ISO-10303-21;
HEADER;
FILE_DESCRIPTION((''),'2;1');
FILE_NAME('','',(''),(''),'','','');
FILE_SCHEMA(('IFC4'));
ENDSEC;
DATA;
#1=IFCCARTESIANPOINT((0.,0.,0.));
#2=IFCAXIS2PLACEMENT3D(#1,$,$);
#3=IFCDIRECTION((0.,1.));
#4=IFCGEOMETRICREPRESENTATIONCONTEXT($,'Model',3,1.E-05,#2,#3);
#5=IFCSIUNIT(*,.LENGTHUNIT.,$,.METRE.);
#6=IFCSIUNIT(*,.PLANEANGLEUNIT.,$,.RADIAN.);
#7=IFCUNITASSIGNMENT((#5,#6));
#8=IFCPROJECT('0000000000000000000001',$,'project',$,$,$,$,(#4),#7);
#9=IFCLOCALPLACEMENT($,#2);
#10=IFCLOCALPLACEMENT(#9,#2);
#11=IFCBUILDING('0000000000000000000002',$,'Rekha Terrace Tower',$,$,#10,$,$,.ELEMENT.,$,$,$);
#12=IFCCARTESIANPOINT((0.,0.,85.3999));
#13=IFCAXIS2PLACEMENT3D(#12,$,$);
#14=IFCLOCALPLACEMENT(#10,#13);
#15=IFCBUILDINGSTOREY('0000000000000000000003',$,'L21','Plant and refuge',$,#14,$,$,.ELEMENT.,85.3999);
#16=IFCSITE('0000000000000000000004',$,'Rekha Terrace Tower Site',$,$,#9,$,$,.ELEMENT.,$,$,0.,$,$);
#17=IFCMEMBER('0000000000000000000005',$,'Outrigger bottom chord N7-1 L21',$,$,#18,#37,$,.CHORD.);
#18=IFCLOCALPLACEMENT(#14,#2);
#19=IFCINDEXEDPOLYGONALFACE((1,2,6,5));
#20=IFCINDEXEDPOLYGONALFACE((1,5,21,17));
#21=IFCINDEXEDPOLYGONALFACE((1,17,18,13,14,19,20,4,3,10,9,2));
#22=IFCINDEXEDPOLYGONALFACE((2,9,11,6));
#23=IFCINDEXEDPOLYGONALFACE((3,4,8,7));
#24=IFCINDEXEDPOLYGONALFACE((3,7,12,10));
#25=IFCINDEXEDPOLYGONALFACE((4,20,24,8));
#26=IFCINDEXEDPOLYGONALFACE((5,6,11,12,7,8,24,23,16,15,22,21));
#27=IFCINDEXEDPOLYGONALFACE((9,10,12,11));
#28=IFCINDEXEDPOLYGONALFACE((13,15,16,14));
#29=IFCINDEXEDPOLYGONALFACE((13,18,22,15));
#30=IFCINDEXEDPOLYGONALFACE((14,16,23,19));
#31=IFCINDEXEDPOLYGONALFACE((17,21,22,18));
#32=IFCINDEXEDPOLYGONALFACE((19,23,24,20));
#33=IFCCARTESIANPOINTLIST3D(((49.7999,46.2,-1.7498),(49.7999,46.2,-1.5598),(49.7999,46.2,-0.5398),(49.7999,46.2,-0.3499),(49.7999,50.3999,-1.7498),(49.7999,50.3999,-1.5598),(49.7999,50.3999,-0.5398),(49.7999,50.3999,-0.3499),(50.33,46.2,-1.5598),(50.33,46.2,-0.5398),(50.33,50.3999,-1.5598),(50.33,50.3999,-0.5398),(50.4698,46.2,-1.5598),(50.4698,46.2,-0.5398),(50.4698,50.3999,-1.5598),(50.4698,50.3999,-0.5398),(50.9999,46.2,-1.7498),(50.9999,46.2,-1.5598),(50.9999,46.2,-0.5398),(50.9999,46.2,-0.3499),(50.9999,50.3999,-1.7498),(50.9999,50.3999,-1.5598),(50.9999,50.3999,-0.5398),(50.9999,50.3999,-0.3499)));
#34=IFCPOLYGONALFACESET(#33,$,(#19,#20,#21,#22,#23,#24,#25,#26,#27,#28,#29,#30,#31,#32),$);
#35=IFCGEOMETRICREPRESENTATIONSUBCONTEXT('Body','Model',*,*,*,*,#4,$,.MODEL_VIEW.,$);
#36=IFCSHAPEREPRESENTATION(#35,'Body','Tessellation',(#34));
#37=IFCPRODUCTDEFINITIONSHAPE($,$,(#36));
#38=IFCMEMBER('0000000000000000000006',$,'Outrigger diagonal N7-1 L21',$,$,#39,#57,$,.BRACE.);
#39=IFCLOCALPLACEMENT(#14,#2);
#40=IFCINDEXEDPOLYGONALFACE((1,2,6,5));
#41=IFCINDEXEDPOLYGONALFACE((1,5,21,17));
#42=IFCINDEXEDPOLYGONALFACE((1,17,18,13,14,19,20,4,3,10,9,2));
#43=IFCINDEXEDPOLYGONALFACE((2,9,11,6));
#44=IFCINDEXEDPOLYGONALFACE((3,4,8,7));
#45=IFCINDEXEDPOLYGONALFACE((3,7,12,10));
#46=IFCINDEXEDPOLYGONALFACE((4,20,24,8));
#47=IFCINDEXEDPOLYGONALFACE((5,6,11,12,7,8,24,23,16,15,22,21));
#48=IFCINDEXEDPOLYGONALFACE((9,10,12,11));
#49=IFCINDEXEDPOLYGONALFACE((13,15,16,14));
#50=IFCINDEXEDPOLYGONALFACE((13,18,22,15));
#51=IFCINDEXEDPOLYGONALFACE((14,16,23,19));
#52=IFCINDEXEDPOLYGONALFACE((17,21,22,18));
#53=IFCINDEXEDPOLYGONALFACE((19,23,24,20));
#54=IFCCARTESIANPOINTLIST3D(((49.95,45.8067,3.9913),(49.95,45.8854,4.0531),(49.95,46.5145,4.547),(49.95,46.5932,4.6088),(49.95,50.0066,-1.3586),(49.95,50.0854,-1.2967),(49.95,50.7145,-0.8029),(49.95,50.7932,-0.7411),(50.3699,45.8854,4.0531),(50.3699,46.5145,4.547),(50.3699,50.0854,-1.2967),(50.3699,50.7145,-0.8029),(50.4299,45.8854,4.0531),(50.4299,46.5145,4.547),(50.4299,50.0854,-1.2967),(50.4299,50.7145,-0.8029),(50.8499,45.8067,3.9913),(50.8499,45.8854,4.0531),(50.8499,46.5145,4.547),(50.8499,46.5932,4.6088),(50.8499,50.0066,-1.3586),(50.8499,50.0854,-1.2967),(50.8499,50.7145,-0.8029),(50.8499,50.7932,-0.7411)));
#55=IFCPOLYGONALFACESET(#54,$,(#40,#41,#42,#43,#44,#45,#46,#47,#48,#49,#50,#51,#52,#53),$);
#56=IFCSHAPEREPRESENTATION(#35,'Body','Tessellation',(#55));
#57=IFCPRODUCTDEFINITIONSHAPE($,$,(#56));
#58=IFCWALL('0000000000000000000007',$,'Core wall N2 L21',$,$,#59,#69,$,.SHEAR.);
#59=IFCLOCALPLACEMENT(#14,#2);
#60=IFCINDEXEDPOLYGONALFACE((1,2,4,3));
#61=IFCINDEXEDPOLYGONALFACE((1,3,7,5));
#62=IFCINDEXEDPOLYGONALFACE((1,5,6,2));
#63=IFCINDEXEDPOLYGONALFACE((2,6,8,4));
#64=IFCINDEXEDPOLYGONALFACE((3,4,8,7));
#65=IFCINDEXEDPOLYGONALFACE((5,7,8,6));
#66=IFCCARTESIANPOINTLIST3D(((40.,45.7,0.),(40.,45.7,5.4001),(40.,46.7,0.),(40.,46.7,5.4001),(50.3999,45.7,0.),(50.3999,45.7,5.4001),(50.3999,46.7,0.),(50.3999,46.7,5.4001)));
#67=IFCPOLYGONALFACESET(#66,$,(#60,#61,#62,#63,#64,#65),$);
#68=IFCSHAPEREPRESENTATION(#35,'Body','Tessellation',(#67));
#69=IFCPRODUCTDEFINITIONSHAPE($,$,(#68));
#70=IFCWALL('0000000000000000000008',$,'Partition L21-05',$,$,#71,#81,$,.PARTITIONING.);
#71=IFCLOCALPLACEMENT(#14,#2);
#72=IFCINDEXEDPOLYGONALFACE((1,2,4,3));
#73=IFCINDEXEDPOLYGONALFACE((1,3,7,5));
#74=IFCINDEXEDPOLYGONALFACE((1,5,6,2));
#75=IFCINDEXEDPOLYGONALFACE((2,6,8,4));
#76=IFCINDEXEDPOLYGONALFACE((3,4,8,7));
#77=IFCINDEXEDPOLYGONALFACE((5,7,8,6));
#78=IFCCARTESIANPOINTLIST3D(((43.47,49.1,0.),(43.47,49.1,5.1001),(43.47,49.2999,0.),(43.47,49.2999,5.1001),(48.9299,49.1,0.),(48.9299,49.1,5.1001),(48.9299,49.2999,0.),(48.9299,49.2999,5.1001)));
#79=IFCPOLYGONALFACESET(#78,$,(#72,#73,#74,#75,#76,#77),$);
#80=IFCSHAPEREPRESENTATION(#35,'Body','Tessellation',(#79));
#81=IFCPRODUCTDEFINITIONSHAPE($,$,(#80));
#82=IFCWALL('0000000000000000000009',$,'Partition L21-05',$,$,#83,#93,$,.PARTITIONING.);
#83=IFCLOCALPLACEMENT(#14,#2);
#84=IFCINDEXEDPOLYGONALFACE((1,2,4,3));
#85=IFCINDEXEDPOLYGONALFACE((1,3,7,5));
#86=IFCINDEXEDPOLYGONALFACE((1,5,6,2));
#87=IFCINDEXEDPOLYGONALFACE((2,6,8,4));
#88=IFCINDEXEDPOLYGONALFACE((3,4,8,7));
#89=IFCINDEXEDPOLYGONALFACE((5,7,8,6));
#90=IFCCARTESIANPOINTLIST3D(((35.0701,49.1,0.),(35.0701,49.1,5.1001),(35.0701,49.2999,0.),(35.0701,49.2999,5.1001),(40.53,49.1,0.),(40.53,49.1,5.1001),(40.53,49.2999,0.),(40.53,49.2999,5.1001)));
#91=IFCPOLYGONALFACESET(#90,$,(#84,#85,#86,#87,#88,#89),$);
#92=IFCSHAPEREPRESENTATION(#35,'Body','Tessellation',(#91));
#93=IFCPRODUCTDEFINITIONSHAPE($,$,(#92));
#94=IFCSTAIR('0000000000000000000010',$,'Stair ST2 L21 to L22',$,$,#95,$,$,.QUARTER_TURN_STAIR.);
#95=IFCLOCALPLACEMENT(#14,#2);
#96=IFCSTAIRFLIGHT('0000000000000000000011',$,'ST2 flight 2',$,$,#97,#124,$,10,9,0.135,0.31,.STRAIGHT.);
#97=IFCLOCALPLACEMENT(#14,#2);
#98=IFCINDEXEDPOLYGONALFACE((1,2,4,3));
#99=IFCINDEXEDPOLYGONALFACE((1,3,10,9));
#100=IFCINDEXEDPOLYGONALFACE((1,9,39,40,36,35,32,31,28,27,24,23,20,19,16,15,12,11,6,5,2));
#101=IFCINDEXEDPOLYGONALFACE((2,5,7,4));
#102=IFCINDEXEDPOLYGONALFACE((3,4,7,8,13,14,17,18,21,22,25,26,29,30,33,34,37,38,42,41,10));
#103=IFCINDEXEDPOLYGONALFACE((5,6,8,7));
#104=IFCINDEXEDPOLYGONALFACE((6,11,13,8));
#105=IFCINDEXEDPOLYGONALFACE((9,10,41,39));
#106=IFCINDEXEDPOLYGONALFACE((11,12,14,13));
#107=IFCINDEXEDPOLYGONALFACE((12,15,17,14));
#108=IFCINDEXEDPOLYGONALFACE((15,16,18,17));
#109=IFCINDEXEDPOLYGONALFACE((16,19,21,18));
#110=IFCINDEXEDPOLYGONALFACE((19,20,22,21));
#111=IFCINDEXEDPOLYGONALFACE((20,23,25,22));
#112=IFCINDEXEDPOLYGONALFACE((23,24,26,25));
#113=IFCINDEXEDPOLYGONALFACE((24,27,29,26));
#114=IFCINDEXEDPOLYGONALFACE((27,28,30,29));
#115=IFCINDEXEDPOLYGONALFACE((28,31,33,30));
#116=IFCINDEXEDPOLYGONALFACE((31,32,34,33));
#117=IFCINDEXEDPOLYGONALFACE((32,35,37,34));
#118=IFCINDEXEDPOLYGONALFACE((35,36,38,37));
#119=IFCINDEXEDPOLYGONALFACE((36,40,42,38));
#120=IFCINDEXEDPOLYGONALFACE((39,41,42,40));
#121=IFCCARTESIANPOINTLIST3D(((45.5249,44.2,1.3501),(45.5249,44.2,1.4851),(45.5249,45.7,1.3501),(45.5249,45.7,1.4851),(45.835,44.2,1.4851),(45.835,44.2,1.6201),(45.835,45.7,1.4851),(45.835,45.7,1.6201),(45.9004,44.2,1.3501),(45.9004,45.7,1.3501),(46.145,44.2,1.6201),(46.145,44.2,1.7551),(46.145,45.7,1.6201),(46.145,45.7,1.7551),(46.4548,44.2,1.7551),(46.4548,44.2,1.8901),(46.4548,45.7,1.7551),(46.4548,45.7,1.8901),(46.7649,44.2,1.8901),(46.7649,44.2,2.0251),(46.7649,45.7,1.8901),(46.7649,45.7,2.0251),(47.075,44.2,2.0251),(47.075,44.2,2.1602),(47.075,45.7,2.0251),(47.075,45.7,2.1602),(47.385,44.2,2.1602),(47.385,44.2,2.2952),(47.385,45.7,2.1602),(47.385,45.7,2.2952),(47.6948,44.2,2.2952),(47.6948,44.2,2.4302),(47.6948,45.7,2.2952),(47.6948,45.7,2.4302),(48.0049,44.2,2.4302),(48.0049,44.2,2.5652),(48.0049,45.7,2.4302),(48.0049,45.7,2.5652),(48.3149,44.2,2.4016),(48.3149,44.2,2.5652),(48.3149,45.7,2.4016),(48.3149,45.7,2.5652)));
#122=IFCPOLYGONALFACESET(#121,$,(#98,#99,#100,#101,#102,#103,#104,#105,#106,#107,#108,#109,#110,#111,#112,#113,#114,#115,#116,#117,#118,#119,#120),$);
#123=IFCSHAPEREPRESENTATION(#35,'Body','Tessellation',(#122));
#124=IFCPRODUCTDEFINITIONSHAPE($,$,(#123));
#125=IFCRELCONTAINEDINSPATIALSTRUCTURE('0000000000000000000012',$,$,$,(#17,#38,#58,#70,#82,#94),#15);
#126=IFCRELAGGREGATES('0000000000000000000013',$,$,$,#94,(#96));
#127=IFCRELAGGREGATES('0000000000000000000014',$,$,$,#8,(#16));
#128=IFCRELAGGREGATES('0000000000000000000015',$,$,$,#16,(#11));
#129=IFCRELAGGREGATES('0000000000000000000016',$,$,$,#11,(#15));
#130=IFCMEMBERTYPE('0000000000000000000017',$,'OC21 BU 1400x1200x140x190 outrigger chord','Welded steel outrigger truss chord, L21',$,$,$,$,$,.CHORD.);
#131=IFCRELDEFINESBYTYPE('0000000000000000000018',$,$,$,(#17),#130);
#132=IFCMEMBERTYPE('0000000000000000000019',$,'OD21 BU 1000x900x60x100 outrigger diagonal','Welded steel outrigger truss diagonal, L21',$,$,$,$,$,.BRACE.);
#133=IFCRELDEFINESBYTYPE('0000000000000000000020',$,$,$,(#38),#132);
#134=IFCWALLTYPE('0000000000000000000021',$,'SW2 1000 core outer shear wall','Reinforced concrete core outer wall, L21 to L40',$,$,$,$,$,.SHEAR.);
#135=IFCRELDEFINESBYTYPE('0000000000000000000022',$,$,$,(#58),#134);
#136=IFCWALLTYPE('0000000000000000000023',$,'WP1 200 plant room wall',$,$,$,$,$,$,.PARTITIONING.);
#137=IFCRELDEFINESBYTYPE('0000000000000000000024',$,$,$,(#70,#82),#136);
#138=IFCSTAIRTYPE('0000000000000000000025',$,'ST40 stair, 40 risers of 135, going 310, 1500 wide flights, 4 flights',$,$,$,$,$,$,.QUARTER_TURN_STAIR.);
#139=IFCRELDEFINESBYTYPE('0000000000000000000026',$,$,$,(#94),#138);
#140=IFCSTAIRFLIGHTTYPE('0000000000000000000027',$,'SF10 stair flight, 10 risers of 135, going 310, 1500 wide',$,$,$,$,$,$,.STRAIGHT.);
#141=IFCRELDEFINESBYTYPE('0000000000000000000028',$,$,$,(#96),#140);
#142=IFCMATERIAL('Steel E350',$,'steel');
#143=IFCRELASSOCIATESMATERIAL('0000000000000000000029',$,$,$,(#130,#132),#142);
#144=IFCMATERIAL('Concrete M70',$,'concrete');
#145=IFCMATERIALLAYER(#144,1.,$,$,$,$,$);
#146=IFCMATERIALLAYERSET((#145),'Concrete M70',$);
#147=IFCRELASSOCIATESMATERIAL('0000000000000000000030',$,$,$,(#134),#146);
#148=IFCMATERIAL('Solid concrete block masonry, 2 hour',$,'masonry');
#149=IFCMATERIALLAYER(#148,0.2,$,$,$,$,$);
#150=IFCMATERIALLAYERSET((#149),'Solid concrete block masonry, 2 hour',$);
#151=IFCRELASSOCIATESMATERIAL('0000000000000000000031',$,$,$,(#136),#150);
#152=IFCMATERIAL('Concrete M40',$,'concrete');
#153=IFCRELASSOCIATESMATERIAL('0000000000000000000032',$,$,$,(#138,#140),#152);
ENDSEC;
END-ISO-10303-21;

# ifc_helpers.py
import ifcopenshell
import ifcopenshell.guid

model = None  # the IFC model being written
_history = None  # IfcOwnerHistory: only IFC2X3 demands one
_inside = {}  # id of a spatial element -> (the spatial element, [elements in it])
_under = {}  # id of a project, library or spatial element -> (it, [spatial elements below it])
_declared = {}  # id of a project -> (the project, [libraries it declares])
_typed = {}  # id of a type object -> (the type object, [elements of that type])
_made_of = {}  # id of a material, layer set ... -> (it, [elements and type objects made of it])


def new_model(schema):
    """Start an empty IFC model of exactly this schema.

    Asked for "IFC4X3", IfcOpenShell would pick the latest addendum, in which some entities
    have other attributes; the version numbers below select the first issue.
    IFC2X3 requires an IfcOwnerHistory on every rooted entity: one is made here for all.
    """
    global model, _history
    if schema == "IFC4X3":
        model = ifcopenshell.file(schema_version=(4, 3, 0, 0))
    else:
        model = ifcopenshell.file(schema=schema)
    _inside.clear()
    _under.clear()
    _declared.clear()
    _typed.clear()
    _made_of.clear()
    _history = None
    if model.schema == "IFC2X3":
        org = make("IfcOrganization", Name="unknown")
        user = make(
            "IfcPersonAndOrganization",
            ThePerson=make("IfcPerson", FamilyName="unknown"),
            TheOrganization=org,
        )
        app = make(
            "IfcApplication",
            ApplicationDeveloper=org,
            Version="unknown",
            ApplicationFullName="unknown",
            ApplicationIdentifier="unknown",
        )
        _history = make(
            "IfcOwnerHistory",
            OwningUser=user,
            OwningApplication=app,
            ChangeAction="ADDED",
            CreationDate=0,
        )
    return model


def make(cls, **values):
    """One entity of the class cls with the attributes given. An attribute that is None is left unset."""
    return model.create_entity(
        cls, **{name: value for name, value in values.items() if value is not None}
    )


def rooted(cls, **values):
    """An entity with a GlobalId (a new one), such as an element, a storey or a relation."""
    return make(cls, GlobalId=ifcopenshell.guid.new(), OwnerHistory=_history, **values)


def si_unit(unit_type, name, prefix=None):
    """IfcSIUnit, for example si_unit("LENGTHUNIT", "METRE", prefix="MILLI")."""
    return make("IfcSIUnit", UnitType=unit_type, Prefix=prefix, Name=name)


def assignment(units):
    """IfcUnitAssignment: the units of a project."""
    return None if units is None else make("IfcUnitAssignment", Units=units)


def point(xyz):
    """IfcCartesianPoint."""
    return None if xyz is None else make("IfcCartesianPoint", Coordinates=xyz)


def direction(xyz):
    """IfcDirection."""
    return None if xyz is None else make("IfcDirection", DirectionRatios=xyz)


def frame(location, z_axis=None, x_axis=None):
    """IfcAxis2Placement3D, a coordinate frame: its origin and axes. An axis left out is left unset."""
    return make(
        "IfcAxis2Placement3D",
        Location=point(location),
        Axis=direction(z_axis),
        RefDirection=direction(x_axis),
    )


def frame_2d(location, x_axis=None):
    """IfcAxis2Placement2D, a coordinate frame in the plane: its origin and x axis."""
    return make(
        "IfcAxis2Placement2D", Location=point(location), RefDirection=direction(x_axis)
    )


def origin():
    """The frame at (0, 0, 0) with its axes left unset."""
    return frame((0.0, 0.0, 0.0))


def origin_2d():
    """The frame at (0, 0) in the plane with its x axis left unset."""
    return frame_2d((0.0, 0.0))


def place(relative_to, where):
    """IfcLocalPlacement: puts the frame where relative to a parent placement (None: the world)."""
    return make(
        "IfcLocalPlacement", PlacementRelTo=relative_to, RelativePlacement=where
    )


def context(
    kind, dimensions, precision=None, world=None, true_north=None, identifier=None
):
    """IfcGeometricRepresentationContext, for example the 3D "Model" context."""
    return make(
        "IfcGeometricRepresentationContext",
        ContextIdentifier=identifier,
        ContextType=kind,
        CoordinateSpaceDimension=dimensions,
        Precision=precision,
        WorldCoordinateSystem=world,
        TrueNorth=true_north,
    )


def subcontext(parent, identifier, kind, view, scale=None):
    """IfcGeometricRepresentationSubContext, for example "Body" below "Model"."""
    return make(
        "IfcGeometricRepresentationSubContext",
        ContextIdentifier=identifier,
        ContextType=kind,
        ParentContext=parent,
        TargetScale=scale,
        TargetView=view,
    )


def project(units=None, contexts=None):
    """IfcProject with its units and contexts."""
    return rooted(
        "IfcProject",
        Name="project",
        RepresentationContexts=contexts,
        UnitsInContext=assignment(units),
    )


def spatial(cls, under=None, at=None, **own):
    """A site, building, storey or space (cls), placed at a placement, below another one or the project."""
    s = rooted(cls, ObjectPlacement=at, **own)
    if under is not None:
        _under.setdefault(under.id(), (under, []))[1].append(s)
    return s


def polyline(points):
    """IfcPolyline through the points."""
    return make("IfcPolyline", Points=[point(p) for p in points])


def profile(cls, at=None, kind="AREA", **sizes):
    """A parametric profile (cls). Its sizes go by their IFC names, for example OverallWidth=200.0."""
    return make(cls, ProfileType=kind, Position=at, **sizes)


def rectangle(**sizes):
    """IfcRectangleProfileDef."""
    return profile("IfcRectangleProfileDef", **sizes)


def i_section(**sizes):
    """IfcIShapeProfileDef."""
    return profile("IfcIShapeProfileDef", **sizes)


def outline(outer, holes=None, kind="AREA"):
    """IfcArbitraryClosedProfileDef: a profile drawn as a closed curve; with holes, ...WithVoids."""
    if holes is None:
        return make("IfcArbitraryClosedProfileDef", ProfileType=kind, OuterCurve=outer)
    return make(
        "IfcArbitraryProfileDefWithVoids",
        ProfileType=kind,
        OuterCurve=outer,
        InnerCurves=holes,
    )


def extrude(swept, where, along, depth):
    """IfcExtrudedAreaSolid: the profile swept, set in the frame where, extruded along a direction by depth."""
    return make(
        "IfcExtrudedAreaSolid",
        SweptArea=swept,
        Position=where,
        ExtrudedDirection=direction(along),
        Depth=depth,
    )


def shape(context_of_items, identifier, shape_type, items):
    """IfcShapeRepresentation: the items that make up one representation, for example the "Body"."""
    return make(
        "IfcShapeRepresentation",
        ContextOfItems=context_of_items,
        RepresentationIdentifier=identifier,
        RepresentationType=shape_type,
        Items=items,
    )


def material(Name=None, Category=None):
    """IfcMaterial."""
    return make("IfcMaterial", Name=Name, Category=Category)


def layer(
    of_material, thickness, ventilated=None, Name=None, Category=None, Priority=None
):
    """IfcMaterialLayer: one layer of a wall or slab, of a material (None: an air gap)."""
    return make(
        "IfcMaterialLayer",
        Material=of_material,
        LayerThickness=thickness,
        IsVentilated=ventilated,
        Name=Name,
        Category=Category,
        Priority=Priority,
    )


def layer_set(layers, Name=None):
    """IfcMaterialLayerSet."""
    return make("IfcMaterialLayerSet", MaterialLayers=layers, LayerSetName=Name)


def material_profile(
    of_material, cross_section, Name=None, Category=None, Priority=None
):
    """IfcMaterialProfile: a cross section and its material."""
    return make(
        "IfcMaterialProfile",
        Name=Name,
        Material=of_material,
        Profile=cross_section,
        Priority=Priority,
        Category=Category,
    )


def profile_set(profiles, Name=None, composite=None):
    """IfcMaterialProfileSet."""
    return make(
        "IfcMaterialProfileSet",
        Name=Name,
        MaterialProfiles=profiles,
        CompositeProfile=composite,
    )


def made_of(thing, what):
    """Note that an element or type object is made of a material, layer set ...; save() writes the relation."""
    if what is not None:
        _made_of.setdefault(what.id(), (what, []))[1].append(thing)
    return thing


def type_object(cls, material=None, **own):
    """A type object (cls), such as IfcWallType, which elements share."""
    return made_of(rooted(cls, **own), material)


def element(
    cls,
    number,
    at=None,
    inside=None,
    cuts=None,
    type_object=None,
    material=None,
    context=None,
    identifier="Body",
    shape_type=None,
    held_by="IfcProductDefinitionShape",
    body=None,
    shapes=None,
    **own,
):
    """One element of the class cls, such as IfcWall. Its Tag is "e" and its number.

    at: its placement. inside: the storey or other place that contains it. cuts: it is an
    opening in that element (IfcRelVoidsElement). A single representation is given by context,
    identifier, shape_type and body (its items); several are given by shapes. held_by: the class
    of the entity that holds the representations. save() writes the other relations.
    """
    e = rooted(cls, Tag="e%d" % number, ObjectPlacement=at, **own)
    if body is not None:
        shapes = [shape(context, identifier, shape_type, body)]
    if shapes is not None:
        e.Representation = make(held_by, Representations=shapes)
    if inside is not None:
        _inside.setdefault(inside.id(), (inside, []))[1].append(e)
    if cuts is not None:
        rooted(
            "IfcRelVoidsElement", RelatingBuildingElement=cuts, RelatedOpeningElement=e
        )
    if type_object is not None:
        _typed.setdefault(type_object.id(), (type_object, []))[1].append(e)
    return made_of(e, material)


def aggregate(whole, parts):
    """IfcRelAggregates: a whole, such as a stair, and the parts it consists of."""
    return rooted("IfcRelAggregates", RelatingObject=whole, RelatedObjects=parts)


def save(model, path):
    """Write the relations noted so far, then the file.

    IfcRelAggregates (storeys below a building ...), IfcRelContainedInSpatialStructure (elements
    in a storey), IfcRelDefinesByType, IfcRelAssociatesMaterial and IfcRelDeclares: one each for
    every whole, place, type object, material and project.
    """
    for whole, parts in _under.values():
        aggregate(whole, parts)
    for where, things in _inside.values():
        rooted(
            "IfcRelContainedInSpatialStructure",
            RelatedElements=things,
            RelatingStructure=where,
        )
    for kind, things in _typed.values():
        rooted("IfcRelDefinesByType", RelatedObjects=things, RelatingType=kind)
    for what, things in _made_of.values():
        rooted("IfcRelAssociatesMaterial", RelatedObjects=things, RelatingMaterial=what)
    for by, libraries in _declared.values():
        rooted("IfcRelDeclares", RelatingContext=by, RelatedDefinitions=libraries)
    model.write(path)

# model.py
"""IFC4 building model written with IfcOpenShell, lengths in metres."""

from ifc_helpers import new_model, si_unit, direction, frame, frame_2d, origin, origin_2d, place, context, subcontext, project, spatial, polyline, rectangle, i_section, outline, extrude, material, layer, layer_set, material_profile, profile_set, type_object, element, aggregate, save


model = new_model("IFC4")

# Units and contexts
model_context = context("Model", 3, precision=1e-05, world=origin(), true_north=direction((0.0, 1.0)))
body_context = subcontext(model_context, "Body", "Model", "MODEL_VIEW")
ifc_project = project(units=[si_unit("LENGTHUNIT", "METRE"), si_unit("PLANEANGLEUNIT", "RADIAN")], contexts=[model_context])

# Site, building, storey
site_placement = place(None, origin())
site = spatial("IfcSite", under=ifc_project, at=site_placement, Name="Rekha Terrace Tower Site", CompositionType="ELEMENT", RefElevation=0.0)
building_placement = place(site_placement, origin())
building = spatial("IfcBuilding", under=site, at=building_placement, Name="Rekha Terrace Tower", CompositionType="ELEMENT")
storey_placement = place(building_placement, frame((0.0, 0.0, 85.3999)))
storey = spatial("IfcBuildingStorey", under=building, at=storey_placement, Name="L21", Description="Plant and refuge", CompositionType="ELEMENT", Elevation=85.3999)

# Shared definitions
ifc_material_1 = material(Name="Concrete M70", Category="concrete")

# Shared definitions
ifc_material_2 = material(Name="Steel E350", Category="steel")

# Members
ifc_material_profile_1 = material_profile(ifc_material_2, i_section(OverallWidth=1.2, OverallDepth=1.3999, WebThickness=0.1399, FlangeThickness=0.1899, at=origin_2d()), Name="BU 1400x1200x140x190")
ifc_profile_set_1 = profile_set([ifc_material_profile_1], Name="Steel E350")
member_type_1 = type_object("IfcMemberType", Name="OC21 BU 1400x1200x140x190 outrigger chord", Description="Welded steel outrigger truss chord, L21", PredefinedType="CHORD", material=ifc_profile_set_1)
for number, where, z_axis, x_axis, name in (
    (1, (50.3999, 46.2, -1.0498), (0.0, 1.0, 0.0), (-1.0, 0.0, 0.0), "Outrigger bottom chord N7-1 L21"),
):
    element("IfcMember", number, at=place(storey_placement, frame(where, z_axis=z_axis, x_axis=x_axis)), inside=storey, type_object=member_type_1, Name=name, PredefinedType="CHORD", context=body_context, shape_type="SweptSolid", body=[
        extrude(i_section(OverallWidth=1.2, OverallDepth=1.3999, WebThickness=0.1399, FlangeThickness=0.1899, at=origin_2d()), origin(), (0.0, 0.0, 1.0), 4.2),
    ])
ifc_material_profile_2 = material_profile(ifc_material_2, i_section(OverallWidth=0.8999, OverallDepth=1.0, WebThickness=0.0601, FlangeThickness=0.1001, at=origin_2d()), Name="BU 1000x900x60x100")
ifc_profile_set_2 = profile_set([ifc_material_profile_2], Name="Steel E350")
member_type_2 = type_object("IfcMemberType", Name="OD21 BU 1000x900x60x100 outrigger diagonal", Description="Welded steel outrigger truss diagonal, L21", PredefinedType="BRACE", material=ifc_profile_set_2)
member_1_placement = place(storey_placement, frame((50.3999, 46.2, 4.3), z_axis=(0.0, 0.617503, -0.786569), x_axis=(-1.0, 0.0, 0.0)))
element("IfcMember", 2, at=member_1_placement, inside=storey, type_object=member_type_2, Name="Outrigger diagonal N7-1 L21", PredefinedType="BRACE", context=body_context, shape_type="SweptSolid", body=[
    extrude(i_section(OverallWidth=0.8999, OverallDepth=1.0, WebThickness=0.0601, FlangeThickness=0.1001, at=origin_2d()), origin(), (0.0, 0.0, 1.0), 6.8015),
])

# Walls
ifc_layer_1 = layer(ifc_material_1, 1.0)
ifc_layer_set_1 = layer_set([ifc_layer_1], Name="Concrete M70")
wall_type_1 = type_object("IfcWallType", Name="SW2 1000 core outer shear wall", Description="Reinforced concrete core outer wall, L21 to L40", PredefinedType="SHEAR", material=ifc_layer_set_1)
wall_placement = place(storey_placement, frame((40.0, 46.2, 0.0), z_axis=(0.0, 0.0, 1.0), x_axis=(1.0, 0.0, 0.0)))
element("IfcWall", 3, at=wall_placement, inside=storey, type_object=wall_type_1, Name="Core wall N2 L21", PredefinedType="SHEAR", context=body_context, shape_type="SweptSolid", body=[
    extrude(rectangle(XDim=10.3999, YDim=1.0, at=frame_2d((5.2, 0.0))), origin(), (0.0, 0.0, 1.0), 5.4001),
])
ifc_material_3 = material(Name="Solid concrete block masonry, 2 hour", Category="masonry")
ifc_layer_2 = layer(ifc_material_3, 0.2)
ifc_layer_set_2 = layer_set([ifc_layer_2], Name="Solid concrete block masonry, 2 hour")
wall_type_2 = type_object("IfcWallType", Name="WP1 200 plant room wall", PredefinedType="PARTITIONING", material=ifc_layer_set_2)
for number, where, z_axis, x_axis, name in (
    (4, (48.9299, 49.2, 0.0), (0.0, 0.0, 1.0), (-1.0, 0.0, 0.0), "Partition L21-05"),
    (5, (40.53, 49.2, 0.0), (0.0, 0.0, 1.0), (-1.0, 0.0, 0.0), "Partition L21-05"),
):
    element("IfcWall", number, at=place(storey_placement, frame(where, z_axis=z_axis, x_axis=x_axis)), inside=storey, type_object=wall_type_2, Name=name, PredefinedType="PARTITIONING", context=body_context, shape_type="SweptSolid", body=[
        extrude(rectangle(XDim=5.46, YDim=0.2, at=frame_2d((2.73, 0.0))), origin(), (0.0, 0.0, 1.0), 5.1001),
    ])

# Stair, stair flight
ifc_material_4 = material(Name="Concrete M40", Category="concrete")
stair_type = type_object("IfcStairType", Name="ST40 stair, 40 risers of 135, going 310, 1500 wide flights, 4 flights", PredefinedType="QUARTER_TURN_STAIR", material=ifc_material_4)
stair_placement = place(storey_placement, origin())
stair = element("IfcStair", 6, at=stair_placement, inside=storey, type_object=stair_type, Name="Stair ST2 L21 to L22", PredefinedType="QUARTER_TURN_STAIR")
stair_flight_type = type_object("IfcStairFlightType", Name="SF10 stair flight, 10 risers of 135, going 310, 1500 wide", PredefinedType="STRAIGHT", material=ifc_material_4)
stair_flight_placement = place(storey_placement, frame((45.5249, 44.95, 1.3501), z_axis=(0.0, 0.0, 1.0), x_axis=(1.0, 0.0, 0.0)))
stair_flight = element("IfcStairFlight", 7, at=stair_flight_placement, type_object=stair_flight_type, Name="ST2 flight 2", NumberOfRisers=10, NumberOfTreads=9, PredefinedType="STRAIGHT", RiserHeight=0.135, TreadLength=0.31, context=body_context, shape_type="SweptSolid", body=[
    extrude(outline(polyline([(0.0, 0.0), (0.0, 0.135), (0.3101, 0.135), (0.3101, 0.27), (0.6201, 0.27), (0.6201, 0.405), (0.9299, 0.405), (0.9299, 0.54), (1.24, 0.54), (1.24, 0.675), (1.55, 0.675), (1.55, 0.8101), (1.8601, 0.8101), (1.8601, 0.9451), (2.1699, 0.9451), (2.1699, 1.0801), (2.48, 1.0801), (2.48, 1.2151), (2.79, 1.2151), (2.79, 1.3501), (2.79, 1.0515), (0.3755, 0.0), (0.0, 0.0)])), frame((0.0, 0.75, 0.0), z_axis=(0.0, -1.0, 0.0), x_axis=(1.0, 0.0, 0.0)), (0.0, 0.0, 1.0), 1.5),
])
aggregate(stair, [stair_flight])

save(model, "model.ifc")
